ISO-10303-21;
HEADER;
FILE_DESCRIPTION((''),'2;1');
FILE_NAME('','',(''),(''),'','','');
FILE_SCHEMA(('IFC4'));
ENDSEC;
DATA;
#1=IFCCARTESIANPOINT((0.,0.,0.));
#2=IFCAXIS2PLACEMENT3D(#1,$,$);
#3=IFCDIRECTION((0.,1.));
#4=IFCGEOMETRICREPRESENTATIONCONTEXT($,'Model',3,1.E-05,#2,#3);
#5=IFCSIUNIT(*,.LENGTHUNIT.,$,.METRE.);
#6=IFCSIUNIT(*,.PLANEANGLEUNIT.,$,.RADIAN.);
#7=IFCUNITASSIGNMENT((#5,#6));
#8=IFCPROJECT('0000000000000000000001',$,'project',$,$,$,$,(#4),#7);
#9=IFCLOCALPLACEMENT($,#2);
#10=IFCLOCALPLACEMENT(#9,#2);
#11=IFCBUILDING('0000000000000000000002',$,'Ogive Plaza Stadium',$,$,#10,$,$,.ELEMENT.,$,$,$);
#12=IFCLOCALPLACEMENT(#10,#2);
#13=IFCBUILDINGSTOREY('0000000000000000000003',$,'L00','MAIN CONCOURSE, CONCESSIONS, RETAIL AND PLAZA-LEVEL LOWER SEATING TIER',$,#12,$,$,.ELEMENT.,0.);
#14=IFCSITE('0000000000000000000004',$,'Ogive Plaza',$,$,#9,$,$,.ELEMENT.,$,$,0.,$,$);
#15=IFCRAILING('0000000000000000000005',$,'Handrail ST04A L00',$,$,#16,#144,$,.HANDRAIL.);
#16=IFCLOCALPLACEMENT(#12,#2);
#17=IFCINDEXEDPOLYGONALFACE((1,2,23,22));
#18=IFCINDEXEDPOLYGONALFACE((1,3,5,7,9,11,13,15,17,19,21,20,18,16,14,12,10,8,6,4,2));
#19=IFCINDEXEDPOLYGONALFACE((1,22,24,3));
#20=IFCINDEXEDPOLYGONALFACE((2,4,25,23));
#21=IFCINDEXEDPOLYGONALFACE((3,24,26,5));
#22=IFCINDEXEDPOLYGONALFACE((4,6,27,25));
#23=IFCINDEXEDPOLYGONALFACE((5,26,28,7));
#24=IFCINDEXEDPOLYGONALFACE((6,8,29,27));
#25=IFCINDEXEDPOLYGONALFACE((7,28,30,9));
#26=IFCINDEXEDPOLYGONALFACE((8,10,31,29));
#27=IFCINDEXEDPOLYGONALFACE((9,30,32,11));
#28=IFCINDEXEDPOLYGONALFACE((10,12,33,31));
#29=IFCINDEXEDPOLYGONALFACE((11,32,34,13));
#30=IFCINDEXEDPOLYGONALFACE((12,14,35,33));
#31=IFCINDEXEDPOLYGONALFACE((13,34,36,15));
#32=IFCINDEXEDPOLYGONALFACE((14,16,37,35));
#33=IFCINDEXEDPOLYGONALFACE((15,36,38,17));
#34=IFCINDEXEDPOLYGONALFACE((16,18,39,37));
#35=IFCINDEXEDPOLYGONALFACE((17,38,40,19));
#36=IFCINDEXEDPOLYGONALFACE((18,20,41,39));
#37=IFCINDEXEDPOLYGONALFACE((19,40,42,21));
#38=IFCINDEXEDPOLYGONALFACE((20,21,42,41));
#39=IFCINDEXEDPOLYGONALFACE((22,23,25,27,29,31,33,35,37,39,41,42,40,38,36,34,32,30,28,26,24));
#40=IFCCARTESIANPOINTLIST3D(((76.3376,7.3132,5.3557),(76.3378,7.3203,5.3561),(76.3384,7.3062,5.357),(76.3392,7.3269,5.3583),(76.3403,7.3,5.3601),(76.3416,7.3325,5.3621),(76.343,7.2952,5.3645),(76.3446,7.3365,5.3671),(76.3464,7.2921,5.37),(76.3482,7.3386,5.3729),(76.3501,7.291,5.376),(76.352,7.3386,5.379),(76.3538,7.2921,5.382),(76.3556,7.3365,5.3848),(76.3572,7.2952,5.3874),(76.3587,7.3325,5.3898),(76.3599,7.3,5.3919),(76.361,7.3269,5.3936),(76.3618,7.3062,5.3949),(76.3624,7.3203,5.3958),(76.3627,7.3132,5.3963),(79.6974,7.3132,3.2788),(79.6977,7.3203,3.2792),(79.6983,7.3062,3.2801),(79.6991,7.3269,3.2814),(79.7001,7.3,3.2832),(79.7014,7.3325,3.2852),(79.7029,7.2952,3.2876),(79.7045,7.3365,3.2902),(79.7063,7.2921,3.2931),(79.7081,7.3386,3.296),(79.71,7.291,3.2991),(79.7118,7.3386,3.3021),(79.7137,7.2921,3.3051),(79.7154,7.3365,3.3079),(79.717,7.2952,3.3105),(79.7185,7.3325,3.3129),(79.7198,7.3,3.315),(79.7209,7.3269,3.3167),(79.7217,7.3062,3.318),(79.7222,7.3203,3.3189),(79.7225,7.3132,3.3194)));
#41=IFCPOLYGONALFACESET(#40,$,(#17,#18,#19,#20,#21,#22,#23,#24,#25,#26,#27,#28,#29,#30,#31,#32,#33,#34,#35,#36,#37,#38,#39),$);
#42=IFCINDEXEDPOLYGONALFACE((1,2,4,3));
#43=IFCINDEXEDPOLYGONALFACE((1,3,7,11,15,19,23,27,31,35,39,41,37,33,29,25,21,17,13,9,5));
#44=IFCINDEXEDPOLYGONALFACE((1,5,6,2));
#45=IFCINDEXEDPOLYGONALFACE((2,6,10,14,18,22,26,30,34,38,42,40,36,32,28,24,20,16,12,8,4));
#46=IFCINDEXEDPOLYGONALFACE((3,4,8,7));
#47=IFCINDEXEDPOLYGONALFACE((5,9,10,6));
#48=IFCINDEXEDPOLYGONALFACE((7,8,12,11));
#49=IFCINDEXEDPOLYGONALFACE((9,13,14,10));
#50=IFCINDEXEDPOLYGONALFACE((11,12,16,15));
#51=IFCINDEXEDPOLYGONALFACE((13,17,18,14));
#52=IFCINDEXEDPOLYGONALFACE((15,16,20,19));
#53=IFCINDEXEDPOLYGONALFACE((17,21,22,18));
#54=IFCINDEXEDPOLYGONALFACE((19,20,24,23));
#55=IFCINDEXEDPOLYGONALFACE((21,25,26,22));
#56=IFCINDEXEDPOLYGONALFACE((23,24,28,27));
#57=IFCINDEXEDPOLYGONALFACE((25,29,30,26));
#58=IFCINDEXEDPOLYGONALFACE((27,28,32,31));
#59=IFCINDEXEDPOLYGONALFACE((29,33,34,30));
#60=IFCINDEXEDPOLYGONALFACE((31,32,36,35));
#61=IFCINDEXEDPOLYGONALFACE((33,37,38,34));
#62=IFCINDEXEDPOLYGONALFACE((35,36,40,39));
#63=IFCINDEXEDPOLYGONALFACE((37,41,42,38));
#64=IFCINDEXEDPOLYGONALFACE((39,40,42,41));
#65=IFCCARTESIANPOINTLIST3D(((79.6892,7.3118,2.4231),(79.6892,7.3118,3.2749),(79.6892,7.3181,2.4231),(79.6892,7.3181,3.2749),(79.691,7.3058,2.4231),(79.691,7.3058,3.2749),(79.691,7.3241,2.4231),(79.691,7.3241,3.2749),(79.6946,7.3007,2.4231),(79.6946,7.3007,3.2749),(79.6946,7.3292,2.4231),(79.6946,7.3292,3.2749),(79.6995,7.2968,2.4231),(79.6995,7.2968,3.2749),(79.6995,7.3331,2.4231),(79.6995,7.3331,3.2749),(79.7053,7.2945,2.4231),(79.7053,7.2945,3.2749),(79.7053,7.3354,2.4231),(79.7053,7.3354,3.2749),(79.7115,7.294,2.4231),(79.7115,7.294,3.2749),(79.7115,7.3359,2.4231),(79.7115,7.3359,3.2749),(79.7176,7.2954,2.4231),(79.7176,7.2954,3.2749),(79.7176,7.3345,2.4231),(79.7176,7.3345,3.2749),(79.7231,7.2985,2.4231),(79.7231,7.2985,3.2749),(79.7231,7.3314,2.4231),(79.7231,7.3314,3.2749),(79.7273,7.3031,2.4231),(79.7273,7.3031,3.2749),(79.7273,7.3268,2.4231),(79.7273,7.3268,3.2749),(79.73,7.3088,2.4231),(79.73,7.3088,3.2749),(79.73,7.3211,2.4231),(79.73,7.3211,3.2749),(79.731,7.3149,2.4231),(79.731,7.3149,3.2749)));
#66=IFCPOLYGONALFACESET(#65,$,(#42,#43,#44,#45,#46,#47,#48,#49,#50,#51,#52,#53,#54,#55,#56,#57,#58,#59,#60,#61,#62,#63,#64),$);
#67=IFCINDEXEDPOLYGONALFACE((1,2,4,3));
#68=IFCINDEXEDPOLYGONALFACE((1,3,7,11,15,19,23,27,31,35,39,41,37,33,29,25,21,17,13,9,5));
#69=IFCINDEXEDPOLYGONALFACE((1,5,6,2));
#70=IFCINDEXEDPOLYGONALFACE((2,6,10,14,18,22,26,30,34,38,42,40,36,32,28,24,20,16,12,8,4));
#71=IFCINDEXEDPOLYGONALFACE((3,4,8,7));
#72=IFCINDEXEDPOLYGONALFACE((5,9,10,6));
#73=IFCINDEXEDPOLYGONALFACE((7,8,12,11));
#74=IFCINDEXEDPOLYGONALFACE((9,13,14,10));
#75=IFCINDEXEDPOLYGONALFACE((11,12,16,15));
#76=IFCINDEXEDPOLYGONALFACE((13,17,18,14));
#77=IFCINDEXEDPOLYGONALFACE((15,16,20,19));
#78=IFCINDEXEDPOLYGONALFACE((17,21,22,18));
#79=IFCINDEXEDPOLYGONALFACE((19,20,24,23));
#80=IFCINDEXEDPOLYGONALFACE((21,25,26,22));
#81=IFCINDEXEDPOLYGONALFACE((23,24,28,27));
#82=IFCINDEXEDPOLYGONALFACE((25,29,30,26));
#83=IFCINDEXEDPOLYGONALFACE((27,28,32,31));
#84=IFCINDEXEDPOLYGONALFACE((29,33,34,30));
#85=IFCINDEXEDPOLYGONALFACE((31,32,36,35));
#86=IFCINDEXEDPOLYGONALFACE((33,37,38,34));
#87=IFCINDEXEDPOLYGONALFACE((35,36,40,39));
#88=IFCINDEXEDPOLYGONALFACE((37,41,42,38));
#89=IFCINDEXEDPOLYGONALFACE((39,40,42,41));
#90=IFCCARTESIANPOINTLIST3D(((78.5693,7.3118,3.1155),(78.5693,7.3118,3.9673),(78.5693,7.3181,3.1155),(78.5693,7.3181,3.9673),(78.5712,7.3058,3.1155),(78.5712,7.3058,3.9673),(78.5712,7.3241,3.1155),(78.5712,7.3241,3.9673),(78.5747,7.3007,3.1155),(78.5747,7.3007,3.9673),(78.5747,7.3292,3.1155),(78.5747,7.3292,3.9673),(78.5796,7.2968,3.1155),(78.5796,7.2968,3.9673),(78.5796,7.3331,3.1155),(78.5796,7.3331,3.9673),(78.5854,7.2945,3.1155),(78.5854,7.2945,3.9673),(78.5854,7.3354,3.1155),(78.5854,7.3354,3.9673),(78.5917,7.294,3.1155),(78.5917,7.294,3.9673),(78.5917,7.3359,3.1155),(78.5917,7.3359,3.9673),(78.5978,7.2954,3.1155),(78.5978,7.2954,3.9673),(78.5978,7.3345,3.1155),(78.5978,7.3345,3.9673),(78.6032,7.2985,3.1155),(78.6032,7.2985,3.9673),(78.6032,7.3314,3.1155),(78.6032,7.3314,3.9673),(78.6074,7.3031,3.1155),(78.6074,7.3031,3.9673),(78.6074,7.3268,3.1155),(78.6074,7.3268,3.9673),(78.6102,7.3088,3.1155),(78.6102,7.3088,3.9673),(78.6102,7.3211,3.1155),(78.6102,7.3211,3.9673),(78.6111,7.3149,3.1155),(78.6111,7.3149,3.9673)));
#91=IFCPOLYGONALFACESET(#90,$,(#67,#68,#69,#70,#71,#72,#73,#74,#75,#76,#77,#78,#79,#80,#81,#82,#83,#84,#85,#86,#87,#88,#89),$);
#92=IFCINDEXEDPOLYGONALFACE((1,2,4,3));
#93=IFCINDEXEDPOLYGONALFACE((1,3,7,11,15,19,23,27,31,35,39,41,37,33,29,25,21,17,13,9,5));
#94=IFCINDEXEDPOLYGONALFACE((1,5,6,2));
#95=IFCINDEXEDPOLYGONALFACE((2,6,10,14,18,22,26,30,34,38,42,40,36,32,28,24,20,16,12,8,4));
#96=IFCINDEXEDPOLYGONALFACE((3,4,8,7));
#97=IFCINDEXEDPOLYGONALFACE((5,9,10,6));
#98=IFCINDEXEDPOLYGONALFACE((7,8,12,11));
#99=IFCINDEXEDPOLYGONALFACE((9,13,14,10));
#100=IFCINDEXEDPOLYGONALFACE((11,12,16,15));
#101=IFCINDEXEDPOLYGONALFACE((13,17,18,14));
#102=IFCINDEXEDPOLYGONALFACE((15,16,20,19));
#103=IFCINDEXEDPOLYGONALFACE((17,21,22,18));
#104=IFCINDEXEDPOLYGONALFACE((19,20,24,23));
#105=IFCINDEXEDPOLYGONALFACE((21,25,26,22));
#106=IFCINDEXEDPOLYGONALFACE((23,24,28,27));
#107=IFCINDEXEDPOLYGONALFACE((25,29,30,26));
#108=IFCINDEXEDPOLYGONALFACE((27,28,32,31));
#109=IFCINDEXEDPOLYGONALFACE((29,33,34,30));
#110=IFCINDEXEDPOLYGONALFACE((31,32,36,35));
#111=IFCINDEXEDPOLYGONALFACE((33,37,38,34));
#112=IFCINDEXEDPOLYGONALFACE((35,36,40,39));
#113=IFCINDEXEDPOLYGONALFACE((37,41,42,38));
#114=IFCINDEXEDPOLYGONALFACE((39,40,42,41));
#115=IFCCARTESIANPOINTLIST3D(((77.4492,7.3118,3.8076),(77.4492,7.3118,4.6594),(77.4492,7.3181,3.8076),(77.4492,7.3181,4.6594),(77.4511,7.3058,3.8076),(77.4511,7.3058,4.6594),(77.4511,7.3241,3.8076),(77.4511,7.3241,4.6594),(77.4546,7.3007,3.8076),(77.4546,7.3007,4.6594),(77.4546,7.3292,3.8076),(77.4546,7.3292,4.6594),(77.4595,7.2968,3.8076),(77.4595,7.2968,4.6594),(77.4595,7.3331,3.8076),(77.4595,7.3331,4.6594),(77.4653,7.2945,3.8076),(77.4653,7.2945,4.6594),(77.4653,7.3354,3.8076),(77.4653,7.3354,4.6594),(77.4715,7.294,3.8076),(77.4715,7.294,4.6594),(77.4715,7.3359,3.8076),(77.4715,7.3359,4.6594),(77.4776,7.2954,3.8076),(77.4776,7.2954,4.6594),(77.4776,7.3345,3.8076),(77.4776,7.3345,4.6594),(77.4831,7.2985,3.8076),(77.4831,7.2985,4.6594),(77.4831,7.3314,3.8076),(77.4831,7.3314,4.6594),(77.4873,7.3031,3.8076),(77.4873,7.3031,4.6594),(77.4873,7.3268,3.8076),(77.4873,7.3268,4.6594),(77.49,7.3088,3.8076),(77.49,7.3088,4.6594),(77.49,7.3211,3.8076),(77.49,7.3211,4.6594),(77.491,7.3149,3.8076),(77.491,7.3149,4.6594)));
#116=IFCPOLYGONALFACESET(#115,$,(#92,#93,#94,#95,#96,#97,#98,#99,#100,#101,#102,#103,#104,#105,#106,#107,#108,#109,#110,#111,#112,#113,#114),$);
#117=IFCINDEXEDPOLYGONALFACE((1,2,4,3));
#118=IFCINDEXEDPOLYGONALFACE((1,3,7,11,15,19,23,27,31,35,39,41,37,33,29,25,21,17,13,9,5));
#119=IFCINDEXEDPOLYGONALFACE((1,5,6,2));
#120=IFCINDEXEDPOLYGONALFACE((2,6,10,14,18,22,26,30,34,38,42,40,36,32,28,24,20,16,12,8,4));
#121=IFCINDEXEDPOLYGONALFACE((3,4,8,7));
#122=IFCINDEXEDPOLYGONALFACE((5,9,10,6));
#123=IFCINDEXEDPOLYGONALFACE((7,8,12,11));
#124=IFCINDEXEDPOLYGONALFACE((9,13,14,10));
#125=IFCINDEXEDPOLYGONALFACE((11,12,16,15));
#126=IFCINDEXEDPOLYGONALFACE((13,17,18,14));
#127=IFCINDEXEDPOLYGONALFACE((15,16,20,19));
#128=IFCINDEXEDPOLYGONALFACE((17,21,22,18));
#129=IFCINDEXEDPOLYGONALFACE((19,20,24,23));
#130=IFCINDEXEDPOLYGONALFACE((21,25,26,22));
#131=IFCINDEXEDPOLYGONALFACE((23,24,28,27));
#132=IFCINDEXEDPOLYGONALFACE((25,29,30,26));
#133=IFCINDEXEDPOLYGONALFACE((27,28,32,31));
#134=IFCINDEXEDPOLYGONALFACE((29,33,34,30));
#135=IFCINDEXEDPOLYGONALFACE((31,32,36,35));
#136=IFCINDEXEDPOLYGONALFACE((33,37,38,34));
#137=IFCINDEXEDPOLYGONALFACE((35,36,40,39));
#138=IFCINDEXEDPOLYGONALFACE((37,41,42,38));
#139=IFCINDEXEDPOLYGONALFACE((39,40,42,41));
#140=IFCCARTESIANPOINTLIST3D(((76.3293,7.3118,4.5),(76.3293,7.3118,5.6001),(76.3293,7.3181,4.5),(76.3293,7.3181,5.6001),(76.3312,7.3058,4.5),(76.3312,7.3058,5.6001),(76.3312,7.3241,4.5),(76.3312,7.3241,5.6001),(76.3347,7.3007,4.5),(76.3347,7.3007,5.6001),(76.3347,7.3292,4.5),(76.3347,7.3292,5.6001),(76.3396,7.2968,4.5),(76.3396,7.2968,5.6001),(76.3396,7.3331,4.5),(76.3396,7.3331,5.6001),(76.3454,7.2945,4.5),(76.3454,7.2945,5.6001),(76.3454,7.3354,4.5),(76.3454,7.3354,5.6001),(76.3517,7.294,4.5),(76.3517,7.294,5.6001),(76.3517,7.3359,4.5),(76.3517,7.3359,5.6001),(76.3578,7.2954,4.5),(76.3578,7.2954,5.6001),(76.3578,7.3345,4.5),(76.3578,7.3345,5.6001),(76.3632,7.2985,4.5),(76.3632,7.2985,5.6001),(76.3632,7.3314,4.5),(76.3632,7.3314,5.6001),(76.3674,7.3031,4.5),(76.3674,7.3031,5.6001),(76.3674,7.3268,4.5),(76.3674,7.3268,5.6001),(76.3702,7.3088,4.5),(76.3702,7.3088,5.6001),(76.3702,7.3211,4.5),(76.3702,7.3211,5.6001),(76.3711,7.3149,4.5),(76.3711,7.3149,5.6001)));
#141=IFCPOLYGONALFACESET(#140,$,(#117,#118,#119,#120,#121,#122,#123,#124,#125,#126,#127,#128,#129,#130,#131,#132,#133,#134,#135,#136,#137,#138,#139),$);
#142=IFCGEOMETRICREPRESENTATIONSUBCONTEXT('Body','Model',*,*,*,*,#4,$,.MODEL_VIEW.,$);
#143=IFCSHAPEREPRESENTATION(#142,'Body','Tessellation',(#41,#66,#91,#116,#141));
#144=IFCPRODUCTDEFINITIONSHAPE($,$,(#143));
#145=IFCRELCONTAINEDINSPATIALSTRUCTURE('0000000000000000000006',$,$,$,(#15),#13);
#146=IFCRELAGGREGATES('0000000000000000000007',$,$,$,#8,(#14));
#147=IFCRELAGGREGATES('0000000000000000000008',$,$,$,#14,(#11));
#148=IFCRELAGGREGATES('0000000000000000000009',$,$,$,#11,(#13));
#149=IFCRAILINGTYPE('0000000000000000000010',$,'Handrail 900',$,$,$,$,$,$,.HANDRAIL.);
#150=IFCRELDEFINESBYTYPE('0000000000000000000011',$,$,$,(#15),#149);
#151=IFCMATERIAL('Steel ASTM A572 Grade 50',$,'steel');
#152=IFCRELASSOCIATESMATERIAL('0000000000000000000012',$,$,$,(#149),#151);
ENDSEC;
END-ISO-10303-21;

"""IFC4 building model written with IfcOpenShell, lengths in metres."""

from ifc_helpers import new_model, si_unit, direction, frame, origin, origin_2d, place, context, subcontext, project, spatial, circle, extrude, material, type_object, element, save


model = new_model("IFC4")

# Units and contexts
model_context = context("Model", 3, precision=1e-05, world=origin(), true_north=direction((0.0, 1.0)))
body_context = subcontext(model_context, "Body", "Model", "MODEL_VIEW")
ifc_project = project(units=[si_unit("LENGTHUNIT", "METRE"), si_unit("PLANEANGLEUNIT", "RADIAN")], contexts=[model_context])

# Site, building, storey
site_placement = place(None, origin())
site = spatial("IfcSite", under=ifc_project, at=site_placement, Name="Ogive Plaza", CompositionType="ELEMENT", RefElevation=0.0)
building_placement = place(site_placement, origin())
building = spatial("IfcBuilding", under=site, at=building_placement, Name="Ogive Plaza Stadium", CompositionType="ELEMENT")
storey_placement = place(building_placement, origin())
storey = spatial("IfcBuildingStorey", under=building, at=storey_placement, Name="L00", Description="MAIN CONCOURSE, CONCESSIONS, RETAIL AND PLAZA-LEVEL LOWER SEATING TIER", CompositionType="ELEMENT", Elevation=0.0)

# Railing
ifc_material_1 = material(Name="Steel ASTM A572 Grade 50", Category="steel")
railing_type_1 = type_object("IfcRailingType", Name="Handrail 900", PredefinedType="HANDRAIL", material=ifc_material_1)
for number, where, name in (
    (1, (79.71, 7.3149, 2.4231), "Handrail ST04A L00"),
):
    element("IfcRailing", number, at=place(storey_placement, frame(where)), inside=storey, type_object=railing_type_1, Name=name, PredefinedType="HANDRAIL", context=body_context, shape_type="SweptSolid", body=[
        extrude(circle(Radius=0.0239, at=origin_2d()), frame((0.0, 0.0, 0.876), z_axis=(-0.850606, 0.0, 0.525803), x_axis=(0.0, -1.0, 0.0)), (0.0, 0.0, 1.0), 3.95),
        extrude(circle(Radius=0.021, at=origin_2d()), origin(), (0.0, 0.0, 1.0), 0.8518),
        extrude(circle(Radius=0.021, at=origin_2d()), frame((-1.1199, 0.0, 0.6924)), (0.0, 0.0, 1.0), 0.8518),
        extrude(circle(Radius=0.021, at=origin_2d()), frame((-2.24, 0.0, 1.3845)), (0.0, 0.0, 1.0), 0.8518),
        extrude(circle(Radius=0.021, at=origin_2d()), frame((-3.3599, 0.0, 2.0769)), (0.0, 0.0, 1.0), 1.1001),
    ])

save(model, "model.ifc")
